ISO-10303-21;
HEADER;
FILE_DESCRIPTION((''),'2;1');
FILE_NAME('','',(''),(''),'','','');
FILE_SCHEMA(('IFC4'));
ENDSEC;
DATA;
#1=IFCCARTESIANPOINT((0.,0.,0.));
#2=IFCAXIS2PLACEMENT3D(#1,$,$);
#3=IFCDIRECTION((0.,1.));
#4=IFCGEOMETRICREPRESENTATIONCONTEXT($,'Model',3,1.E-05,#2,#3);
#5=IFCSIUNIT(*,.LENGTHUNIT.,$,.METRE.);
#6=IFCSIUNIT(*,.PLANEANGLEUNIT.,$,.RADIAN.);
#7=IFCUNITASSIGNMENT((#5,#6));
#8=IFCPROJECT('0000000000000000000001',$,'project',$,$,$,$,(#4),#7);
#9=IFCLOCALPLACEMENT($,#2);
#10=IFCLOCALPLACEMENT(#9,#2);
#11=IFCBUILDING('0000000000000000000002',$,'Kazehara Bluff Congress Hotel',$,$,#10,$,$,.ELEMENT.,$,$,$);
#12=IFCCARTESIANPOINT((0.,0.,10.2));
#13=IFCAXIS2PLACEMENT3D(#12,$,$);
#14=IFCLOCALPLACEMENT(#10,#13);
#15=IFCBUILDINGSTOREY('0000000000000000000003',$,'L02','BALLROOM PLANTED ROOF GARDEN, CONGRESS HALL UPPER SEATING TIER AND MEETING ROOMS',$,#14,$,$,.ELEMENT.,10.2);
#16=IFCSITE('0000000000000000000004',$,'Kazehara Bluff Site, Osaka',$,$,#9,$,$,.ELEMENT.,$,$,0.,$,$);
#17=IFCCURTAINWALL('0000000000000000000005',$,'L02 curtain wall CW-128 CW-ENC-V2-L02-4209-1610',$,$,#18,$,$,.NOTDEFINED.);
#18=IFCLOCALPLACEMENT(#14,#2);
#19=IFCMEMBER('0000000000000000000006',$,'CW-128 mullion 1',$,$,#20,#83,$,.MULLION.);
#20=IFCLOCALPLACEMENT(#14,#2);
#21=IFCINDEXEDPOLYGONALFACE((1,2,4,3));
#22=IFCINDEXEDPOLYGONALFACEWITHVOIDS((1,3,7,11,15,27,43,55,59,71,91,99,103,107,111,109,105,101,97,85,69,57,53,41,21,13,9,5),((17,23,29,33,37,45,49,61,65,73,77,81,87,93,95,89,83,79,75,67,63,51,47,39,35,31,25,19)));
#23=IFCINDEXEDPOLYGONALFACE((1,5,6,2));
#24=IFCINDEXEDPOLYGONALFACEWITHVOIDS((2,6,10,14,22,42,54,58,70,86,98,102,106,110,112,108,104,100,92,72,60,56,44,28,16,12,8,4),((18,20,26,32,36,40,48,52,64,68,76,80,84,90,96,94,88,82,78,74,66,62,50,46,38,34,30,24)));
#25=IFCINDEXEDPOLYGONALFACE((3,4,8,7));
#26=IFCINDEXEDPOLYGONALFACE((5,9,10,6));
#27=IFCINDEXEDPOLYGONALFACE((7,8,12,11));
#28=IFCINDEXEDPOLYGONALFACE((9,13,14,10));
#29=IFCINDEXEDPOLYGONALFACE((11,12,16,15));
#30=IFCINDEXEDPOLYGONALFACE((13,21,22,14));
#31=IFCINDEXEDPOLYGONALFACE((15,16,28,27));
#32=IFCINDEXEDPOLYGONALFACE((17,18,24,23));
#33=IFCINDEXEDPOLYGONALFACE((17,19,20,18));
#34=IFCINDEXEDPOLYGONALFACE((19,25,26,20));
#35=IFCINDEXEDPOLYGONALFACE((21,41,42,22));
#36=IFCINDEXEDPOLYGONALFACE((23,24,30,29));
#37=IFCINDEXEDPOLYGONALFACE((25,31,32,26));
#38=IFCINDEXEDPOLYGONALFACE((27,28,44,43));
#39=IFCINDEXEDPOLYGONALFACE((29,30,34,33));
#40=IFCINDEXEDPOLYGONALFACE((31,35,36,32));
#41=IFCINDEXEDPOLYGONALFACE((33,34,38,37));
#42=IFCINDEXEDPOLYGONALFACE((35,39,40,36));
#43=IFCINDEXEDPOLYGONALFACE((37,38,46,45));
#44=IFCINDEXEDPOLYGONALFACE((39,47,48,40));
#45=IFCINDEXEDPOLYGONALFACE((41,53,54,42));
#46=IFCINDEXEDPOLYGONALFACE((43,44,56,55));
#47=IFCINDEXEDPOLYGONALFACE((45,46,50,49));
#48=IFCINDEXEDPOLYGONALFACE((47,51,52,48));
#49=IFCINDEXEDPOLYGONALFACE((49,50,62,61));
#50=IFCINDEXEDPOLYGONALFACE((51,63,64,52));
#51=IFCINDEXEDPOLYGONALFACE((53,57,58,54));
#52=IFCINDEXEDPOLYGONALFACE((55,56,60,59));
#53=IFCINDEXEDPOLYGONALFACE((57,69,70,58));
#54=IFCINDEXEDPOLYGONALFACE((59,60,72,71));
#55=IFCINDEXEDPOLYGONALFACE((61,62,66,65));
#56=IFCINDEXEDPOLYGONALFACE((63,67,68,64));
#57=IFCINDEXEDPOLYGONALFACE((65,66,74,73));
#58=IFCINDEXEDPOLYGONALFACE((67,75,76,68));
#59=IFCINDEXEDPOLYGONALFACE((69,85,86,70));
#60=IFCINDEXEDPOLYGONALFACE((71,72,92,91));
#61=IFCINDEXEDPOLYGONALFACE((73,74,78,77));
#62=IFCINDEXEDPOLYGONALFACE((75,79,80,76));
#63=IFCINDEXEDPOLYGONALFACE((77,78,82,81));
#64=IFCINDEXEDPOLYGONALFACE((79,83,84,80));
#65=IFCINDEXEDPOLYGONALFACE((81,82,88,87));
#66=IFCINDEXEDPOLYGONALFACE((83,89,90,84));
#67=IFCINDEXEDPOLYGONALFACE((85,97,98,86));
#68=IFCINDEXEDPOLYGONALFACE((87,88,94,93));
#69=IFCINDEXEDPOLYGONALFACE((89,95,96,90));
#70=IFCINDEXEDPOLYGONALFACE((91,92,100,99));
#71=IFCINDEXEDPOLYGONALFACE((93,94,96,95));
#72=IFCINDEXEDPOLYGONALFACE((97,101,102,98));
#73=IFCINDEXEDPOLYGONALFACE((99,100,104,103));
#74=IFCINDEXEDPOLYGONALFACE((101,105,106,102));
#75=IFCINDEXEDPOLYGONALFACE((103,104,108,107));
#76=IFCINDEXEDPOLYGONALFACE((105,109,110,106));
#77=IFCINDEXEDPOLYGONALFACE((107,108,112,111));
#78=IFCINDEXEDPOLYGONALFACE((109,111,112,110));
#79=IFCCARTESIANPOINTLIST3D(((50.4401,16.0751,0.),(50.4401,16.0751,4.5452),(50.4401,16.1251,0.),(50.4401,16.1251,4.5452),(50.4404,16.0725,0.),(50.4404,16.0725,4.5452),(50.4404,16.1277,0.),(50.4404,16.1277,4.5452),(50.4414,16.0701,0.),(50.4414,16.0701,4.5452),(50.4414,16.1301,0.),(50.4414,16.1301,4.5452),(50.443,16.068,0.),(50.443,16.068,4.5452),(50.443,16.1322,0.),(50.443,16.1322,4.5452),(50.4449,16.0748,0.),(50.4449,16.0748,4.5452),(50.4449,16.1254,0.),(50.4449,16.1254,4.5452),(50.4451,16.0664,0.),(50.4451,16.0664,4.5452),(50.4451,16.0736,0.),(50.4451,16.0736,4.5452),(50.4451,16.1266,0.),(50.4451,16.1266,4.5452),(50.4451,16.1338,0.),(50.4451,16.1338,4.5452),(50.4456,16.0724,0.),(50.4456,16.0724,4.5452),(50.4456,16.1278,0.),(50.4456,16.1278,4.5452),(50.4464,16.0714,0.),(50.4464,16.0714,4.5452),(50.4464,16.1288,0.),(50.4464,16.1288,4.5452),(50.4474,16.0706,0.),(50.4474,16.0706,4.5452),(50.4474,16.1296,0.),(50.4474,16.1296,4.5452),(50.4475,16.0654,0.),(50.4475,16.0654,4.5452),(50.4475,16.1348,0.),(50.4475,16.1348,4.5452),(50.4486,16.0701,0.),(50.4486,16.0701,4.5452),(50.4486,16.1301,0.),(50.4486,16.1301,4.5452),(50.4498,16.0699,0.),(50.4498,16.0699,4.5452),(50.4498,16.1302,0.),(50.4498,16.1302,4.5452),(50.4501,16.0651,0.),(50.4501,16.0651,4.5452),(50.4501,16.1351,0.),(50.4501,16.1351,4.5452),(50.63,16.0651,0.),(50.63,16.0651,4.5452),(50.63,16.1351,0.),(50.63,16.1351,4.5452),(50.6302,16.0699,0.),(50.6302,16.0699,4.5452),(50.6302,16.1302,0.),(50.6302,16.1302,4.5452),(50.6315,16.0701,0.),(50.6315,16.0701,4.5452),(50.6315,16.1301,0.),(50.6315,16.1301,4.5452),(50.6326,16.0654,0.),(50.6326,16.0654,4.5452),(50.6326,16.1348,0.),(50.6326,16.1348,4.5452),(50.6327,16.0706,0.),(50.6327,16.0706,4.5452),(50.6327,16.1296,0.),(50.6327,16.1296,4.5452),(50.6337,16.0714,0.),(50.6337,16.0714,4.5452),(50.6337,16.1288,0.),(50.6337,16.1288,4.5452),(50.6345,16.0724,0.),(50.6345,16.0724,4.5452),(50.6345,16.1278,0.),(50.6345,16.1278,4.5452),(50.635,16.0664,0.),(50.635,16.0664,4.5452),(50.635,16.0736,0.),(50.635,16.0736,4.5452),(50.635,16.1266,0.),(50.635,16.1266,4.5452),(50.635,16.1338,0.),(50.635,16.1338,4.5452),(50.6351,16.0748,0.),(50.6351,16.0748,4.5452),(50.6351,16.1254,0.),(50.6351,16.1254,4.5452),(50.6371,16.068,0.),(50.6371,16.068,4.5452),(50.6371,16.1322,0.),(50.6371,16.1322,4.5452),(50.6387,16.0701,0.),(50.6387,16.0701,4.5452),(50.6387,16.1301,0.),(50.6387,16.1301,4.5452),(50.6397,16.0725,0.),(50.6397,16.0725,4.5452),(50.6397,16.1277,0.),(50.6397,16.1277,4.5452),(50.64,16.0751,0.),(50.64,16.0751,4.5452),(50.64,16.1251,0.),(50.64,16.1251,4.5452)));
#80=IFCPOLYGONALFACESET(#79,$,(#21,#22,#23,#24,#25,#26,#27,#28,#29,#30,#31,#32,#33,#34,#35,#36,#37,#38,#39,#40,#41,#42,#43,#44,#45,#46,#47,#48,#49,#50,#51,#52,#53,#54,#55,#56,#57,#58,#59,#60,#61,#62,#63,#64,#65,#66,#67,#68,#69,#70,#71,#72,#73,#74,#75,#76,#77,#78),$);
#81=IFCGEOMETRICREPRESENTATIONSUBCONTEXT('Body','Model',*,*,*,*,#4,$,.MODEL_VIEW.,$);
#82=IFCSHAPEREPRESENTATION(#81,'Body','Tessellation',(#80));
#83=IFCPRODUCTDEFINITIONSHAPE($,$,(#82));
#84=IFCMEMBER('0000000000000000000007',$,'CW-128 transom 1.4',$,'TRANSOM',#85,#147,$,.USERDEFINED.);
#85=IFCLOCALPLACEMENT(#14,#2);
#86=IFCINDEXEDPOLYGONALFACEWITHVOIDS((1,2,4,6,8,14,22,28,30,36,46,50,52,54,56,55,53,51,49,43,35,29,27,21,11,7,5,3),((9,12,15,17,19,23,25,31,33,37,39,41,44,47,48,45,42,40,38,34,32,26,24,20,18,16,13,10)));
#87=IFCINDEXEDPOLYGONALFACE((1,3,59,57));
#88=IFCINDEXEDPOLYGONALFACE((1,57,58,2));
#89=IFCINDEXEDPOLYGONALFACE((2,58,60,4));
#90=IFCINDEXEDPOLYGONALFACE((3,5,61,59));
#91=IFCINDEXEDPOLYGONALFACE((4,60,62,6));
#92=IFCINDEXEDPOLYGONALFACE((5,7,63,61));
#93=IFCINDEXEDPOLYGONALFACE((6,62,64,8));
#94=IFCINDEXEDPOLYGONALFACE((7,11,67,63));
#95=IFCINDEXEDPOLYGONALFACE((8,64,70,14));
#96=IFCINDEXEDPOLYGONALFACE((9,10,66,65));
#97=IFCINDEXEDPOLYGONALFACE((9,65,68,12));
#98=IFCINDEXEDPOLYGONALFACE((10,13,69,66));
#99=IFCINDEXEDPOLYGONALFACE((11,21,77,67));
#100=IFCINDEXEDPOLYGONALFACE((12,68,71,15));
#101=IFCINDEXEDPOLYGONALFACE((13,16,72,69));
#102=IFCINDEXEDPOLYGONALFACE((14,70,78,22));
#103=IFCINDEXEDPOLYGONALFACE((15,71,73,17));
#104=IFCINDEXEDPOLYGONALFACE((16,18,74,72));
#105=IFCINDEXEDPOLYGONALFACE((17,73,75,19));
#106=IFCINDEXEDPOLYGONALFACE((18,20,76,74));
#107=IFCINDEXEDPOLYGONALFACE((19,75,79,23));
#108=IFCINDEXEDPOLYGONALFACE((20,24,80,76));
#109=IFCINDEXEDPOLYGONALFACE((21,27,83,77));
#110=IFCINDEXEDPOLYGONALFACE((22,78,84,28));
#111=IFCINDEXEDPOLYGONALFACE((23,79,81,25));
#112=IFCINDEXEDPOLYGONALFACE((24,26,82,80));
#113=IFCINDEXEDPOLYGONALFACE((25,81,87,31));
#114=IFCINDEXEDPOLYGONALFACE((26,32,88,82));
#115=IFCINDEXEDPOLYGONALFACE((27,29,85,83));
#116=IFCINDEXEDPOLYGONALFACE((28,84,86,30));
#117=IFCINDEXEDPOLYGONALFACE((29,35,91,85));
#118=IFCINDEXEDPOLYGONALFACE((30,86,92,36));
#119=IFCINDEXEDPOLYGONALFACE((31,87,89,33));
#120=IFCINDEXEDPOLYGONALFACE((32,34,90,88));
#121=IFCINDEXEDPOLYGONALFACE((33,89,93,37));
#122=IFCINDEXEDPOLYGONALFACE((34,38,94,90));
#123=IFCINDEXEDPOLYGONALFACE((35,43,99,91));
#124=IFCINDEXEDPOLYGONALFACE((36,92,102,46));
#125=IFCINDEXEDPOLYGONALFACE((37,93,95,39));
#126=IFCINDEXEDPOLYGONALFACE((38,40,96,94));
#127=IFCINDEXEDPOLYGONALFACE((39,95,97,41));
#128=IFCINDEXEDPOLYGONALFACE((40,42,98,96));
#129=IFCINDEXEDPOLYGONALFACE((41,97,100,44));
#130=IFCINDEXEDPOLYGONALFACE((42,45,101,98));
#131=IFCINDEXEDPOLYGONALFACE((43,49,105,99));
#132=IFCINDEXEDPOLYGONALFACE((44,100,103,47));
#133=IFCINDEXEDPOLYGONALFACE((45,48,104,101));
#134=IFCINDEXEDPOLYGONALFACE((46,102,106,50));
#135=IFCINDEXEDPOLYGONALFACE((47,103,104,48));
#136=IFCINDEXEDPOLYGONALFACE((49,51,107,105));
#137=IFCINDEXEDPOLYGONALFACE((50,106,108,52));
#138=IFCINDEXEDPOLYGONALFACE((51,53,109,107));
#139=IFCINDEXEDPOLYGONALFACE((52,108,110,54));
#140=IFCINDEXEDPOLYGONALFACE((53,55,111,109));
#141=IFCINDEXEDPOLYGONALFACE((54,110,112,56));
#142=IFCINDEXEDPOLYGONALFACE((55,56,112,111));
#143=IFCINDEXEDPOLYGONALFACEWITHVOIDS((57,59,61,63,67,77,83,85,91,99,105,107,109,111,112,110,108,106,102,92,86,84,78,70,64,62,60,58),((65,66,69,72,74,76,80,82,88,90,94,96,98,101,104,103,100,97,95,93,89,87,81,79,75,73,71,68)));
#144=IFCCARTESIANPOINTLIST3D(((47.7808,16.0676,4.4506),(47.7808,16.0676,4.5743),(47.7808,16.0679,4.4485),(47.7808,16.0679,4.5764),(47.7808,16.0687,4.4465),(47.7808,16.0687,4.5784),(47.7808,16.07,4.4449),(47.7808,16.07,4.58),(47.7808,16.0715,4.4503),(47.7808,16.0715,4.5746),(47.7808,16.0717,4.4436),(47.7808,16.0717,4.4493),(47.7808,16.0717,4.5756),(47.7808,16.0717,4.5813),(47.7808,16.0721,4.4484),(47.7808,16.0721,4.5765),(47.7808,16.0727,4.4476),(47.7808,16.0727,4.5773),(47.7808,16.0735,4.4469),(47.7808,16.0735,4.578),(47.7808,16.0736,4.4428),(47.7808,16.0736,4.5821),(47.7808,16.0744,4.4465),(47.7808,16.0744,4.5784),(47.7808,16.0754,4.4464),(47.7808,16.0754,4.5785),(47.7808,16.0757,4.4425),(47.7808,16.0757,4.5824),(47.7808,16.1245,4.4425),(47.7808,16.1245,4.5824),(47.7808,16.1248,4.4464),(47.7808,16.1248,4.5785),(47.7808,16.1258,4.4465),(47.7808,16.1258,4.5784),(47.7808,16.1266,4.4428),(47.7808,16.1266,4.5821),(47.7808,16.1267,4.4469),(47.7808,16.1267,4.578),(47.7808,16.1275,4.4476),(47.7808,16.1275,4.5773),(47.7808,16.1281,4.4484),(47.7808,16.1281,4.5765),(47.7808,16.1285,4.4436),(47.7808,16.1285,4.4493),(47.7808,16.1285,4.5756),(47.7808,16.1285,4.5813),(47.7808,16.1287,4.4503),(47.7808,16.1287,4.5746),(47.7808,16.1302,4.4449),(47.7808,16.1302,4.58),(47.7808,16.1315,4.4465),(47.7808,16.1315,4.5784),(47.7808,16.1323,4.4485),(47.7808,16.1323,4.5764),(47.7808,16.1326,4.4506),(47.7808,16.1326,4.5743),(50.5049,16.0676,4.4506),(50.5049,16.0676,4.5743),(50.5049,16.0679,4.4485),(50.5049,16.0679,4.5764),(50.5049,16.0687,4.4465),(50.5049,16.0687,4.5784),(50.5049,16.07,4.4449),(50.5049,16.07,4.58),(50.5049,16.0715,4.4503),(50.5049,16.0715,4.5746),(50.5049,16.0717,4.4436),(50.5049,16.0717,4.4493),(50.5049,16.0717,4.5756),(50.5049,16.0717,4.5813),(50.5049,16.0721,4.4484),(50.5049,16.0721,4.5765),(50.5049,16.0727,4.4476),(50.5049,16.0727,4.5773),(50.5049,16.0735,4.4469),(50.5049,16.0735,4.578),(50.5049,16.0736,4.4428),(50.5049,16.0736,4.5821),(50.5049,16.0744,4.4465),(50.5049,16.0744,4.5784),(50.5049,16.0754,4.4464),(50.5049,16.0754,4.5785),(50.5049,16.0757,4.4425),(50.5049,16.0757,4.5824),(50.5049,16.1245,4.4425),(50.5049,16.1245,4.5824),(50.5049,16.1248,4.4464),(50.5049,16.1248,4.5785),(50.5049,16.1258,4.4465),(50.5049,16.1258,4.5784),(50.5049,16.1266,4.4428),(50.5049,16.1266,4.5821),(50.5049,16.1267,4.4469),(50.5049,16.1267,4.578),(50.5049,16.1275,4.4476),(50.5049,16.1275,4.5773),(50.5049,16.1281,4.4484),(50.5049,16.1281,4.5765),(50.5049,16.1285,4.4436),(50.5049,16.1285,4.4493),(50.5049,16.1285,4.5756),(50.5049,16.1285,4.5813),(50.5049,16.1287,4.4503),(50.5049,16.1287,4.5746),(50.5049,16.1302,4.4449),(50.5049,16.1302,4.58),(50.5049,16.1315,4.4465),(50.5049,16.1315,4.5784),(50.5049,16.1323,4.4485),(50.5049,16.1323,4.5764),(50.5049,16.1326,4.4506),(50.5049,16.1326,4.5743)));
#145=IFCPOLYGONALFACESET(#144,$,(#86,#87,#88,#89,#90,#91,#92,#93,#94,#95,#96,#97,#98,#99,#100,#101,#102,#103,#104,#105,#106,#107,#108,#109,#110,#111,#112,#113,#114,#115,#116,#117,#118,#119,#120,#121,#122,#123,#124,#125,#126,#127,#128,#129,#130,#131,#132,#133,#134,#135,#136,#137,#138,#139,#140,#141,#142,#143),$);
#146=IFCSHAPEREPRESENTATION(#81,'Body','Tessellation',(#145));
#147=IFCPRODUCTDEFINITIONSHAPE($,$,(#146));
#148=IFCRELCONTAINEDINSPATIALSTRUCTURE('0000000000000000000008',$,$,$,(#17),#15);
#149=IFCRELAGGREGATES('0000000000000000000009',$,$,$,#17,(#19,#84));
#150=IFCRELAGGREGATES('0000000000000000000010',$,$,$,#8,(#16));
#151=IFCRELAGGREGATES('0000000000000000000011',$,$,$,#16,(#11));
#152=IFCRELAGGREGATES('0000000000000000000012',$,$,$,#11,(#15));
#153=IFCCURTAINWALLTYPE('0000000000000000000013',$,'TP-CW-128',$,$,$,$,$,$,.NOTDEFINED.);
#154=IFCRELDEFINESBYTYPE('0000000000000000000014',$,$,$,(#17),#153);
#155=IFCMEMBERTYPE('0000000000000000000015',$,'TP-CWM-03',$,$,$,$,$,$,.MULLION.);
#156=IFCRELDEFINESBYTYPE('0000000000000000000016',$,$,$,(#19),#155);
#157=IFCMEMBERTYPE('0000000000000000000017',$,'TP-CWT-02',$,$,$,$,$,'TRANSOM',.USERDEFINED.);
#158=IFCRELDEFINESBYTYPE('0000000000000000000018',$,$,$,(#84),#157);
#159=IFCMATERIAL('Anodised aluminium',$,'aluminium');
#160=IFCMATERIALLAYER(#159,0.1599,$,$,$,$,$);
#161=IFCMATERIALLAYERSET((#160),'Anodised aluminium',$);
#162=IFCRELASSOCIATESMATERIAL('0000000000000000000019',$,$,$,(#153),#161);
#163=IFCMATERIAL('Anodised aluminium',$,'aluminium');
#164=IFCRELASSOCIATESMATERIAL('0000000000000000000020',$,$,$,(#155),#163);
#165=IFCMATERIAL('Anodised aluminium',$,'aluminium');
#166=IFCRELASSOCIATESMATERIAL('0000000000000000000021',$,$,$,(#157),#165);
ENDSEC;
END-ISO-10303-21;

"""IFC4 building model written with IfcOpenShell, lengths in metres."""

from ifc_helpers import new_model, si_unit, direction, frame, origin, origin_2d, place, context, subcontext, project, spatial, hollow_rectangle, extrude, material, layer, layer_set, material_profile, profile_set, type_object, element, aggregate, save


model = new_model("IFC4")

# Units and contexts
model_context = context("Model", 3, precision=1e-05, world=origin(), true_north=direction((0.0, 1.0)))
body_context = subcontext(model_context, "Body", "Model", "MODEL_VIEW")
ifc_project = project(units=[si_unit("LENGTHUNIT", "METRE"), si_unit("PLANEANGLEUNIT", "RADIAN")], contexts=[model_context])

# Site, building, storey
site_placement = place(None, origin())
site = spatial("IfcSite", under=ifc_project, at=site_placement, Name="Kazehara Bluff Site, Osaka", CompositionType="ELEMENT", RefElevation=0.0)
building_placement = place(site_placement, origin())
building = spatial("IfcBuilding", under=site, at=building_placement, Name="Kazehara Bluff Congress Hotel", CompositionType="ELEMENT")
storey_placement = place(building_placement, frame((0.0, 0.0, 10.2)))
storey = spatial("IfcBuildingStorey", under=building, at=storey_placement, Name="L02", Description="BALLROOM PLANTED ROOF GARDEN, CONGRESS HALL UPPER SEATING TIER AND MEETING ROOMS", CompositionType="ELEMENT", Elevation=10.2)

# Curtain wall, members
ifc_material_1 = material(Name="Anodised aluminium", Category="aluminium")
ifc_layer_1 = layer(ifc_material_1, 0.1599)
ifc_layer_set_1 = layer_set([ifc_layer_1], Name="Anodised aluminium")
curtain_wall_type_1 = type_object("IfcCurtainWallType", Name="TP-CW-128", PredefinedType="NOTDEFINED", material=ifc_layer_set_1)
curtain_wall_1_placement = place(storey_placement, origin())
curtain_wall_1 = element("IfcCurtainWall", 1, at=curtain_wall_1_placement, inside=storey, type_object=curtain_wall_type_1, Name="L02 curtain wall CW-128 CW-ENC-V2-L02-4209-1610", PredefinedType="NOTDEFINED")
ifc_material_2 = material(Name="Anodised aluminium", Category="aluminium")
ifc_material_profile_1 = material_profile(ifc_material_2, hollow_rectangle(XDim=0.0701, YDim=0.2, WallThickness=0.0049, InnerFilletRadius=0.0049, OuterFilletRadius=0.01, at=origin_2d()))
ifc_profile_set_1 = profile_set([ifc_material_profile_1], Name="Anodised aluminium")
member_type_1 = type_object("IfcMemberType", Name="TP-CWM-03", PredefinedType="MULLION", material=ifc_profile_set_1)
member_1_placement = place(storey_placement, frame((50.54, 16.1001, 0.0), z_axis=(0.0, 0.0, 1.0), x_axis=(0.0, -1.0, 0.0)))
member_1 = element("IfcMember", 2, at=member_1_placement, type_object=member_type_1, Name="CW-128 mullion 1", PredefinedType="MULLION", context=body_context, shape_type="SweptSolid", body=[
    extrude(hollow_rectangle(XDim=0.0701, YDim=0.2, WallThickness=0.0049, InnerFilletRadius=0.0049, OuterFilletRadius=0.01, at=origin_2d()), origin(), (0.0, 0.0, 1.0), 4.5452),
])
ifc_material_3 = material(Name="Anodised aluminium", Category="aluminium")
ifc_material_profile_2 = material_profile(ifc_material_3, hollow_rectangle(XDim=0.0649, YDim=0.1399, WallThickness=0.0039, InnerFilletRadius=0.0039, OuterFilletRadius=0.0081, at=origin_2d()))
ifc_profile_set_2 = profile_set([ifc_material_profile_2], Name="Anodised aluminium")
member_type_2 = type_object("IfcMemberType", Name="TP-CWT-02", ElementType="TRANSOM", PredefinedType="USERDEFINED", material=ifc_profile_set_2)
member_2_placement = place(storey_placement, frame((50.5049, 16.1001, 4.5125), z_axis=(-1.0, 0.0, 0.0), x_axis=(0.0, -1.0, 0.0)))
member_2 = element("IfcMember", 3, at=member_2_placement, type_object=member_type_2, Name="CW-128 transom 1.4", ObjectType="TRANSOM", PredefinedType="USERDEFINED", context=body_context, shape_type="SweptSolid", body=[
    extrude(hollow_rectangle(XDim=0.0649, YDim=0.1399, WallThickness=0.0039, InnerFilletRadius=0.0039, OuterFilletRadius=0.0081, at=origin_2d()), origin(), (0.0, 0.0, 1.0), 2.7241),
])
aggregate(curtain_wall_1, [member_1, member_2])

save(model, "model.ifc")
